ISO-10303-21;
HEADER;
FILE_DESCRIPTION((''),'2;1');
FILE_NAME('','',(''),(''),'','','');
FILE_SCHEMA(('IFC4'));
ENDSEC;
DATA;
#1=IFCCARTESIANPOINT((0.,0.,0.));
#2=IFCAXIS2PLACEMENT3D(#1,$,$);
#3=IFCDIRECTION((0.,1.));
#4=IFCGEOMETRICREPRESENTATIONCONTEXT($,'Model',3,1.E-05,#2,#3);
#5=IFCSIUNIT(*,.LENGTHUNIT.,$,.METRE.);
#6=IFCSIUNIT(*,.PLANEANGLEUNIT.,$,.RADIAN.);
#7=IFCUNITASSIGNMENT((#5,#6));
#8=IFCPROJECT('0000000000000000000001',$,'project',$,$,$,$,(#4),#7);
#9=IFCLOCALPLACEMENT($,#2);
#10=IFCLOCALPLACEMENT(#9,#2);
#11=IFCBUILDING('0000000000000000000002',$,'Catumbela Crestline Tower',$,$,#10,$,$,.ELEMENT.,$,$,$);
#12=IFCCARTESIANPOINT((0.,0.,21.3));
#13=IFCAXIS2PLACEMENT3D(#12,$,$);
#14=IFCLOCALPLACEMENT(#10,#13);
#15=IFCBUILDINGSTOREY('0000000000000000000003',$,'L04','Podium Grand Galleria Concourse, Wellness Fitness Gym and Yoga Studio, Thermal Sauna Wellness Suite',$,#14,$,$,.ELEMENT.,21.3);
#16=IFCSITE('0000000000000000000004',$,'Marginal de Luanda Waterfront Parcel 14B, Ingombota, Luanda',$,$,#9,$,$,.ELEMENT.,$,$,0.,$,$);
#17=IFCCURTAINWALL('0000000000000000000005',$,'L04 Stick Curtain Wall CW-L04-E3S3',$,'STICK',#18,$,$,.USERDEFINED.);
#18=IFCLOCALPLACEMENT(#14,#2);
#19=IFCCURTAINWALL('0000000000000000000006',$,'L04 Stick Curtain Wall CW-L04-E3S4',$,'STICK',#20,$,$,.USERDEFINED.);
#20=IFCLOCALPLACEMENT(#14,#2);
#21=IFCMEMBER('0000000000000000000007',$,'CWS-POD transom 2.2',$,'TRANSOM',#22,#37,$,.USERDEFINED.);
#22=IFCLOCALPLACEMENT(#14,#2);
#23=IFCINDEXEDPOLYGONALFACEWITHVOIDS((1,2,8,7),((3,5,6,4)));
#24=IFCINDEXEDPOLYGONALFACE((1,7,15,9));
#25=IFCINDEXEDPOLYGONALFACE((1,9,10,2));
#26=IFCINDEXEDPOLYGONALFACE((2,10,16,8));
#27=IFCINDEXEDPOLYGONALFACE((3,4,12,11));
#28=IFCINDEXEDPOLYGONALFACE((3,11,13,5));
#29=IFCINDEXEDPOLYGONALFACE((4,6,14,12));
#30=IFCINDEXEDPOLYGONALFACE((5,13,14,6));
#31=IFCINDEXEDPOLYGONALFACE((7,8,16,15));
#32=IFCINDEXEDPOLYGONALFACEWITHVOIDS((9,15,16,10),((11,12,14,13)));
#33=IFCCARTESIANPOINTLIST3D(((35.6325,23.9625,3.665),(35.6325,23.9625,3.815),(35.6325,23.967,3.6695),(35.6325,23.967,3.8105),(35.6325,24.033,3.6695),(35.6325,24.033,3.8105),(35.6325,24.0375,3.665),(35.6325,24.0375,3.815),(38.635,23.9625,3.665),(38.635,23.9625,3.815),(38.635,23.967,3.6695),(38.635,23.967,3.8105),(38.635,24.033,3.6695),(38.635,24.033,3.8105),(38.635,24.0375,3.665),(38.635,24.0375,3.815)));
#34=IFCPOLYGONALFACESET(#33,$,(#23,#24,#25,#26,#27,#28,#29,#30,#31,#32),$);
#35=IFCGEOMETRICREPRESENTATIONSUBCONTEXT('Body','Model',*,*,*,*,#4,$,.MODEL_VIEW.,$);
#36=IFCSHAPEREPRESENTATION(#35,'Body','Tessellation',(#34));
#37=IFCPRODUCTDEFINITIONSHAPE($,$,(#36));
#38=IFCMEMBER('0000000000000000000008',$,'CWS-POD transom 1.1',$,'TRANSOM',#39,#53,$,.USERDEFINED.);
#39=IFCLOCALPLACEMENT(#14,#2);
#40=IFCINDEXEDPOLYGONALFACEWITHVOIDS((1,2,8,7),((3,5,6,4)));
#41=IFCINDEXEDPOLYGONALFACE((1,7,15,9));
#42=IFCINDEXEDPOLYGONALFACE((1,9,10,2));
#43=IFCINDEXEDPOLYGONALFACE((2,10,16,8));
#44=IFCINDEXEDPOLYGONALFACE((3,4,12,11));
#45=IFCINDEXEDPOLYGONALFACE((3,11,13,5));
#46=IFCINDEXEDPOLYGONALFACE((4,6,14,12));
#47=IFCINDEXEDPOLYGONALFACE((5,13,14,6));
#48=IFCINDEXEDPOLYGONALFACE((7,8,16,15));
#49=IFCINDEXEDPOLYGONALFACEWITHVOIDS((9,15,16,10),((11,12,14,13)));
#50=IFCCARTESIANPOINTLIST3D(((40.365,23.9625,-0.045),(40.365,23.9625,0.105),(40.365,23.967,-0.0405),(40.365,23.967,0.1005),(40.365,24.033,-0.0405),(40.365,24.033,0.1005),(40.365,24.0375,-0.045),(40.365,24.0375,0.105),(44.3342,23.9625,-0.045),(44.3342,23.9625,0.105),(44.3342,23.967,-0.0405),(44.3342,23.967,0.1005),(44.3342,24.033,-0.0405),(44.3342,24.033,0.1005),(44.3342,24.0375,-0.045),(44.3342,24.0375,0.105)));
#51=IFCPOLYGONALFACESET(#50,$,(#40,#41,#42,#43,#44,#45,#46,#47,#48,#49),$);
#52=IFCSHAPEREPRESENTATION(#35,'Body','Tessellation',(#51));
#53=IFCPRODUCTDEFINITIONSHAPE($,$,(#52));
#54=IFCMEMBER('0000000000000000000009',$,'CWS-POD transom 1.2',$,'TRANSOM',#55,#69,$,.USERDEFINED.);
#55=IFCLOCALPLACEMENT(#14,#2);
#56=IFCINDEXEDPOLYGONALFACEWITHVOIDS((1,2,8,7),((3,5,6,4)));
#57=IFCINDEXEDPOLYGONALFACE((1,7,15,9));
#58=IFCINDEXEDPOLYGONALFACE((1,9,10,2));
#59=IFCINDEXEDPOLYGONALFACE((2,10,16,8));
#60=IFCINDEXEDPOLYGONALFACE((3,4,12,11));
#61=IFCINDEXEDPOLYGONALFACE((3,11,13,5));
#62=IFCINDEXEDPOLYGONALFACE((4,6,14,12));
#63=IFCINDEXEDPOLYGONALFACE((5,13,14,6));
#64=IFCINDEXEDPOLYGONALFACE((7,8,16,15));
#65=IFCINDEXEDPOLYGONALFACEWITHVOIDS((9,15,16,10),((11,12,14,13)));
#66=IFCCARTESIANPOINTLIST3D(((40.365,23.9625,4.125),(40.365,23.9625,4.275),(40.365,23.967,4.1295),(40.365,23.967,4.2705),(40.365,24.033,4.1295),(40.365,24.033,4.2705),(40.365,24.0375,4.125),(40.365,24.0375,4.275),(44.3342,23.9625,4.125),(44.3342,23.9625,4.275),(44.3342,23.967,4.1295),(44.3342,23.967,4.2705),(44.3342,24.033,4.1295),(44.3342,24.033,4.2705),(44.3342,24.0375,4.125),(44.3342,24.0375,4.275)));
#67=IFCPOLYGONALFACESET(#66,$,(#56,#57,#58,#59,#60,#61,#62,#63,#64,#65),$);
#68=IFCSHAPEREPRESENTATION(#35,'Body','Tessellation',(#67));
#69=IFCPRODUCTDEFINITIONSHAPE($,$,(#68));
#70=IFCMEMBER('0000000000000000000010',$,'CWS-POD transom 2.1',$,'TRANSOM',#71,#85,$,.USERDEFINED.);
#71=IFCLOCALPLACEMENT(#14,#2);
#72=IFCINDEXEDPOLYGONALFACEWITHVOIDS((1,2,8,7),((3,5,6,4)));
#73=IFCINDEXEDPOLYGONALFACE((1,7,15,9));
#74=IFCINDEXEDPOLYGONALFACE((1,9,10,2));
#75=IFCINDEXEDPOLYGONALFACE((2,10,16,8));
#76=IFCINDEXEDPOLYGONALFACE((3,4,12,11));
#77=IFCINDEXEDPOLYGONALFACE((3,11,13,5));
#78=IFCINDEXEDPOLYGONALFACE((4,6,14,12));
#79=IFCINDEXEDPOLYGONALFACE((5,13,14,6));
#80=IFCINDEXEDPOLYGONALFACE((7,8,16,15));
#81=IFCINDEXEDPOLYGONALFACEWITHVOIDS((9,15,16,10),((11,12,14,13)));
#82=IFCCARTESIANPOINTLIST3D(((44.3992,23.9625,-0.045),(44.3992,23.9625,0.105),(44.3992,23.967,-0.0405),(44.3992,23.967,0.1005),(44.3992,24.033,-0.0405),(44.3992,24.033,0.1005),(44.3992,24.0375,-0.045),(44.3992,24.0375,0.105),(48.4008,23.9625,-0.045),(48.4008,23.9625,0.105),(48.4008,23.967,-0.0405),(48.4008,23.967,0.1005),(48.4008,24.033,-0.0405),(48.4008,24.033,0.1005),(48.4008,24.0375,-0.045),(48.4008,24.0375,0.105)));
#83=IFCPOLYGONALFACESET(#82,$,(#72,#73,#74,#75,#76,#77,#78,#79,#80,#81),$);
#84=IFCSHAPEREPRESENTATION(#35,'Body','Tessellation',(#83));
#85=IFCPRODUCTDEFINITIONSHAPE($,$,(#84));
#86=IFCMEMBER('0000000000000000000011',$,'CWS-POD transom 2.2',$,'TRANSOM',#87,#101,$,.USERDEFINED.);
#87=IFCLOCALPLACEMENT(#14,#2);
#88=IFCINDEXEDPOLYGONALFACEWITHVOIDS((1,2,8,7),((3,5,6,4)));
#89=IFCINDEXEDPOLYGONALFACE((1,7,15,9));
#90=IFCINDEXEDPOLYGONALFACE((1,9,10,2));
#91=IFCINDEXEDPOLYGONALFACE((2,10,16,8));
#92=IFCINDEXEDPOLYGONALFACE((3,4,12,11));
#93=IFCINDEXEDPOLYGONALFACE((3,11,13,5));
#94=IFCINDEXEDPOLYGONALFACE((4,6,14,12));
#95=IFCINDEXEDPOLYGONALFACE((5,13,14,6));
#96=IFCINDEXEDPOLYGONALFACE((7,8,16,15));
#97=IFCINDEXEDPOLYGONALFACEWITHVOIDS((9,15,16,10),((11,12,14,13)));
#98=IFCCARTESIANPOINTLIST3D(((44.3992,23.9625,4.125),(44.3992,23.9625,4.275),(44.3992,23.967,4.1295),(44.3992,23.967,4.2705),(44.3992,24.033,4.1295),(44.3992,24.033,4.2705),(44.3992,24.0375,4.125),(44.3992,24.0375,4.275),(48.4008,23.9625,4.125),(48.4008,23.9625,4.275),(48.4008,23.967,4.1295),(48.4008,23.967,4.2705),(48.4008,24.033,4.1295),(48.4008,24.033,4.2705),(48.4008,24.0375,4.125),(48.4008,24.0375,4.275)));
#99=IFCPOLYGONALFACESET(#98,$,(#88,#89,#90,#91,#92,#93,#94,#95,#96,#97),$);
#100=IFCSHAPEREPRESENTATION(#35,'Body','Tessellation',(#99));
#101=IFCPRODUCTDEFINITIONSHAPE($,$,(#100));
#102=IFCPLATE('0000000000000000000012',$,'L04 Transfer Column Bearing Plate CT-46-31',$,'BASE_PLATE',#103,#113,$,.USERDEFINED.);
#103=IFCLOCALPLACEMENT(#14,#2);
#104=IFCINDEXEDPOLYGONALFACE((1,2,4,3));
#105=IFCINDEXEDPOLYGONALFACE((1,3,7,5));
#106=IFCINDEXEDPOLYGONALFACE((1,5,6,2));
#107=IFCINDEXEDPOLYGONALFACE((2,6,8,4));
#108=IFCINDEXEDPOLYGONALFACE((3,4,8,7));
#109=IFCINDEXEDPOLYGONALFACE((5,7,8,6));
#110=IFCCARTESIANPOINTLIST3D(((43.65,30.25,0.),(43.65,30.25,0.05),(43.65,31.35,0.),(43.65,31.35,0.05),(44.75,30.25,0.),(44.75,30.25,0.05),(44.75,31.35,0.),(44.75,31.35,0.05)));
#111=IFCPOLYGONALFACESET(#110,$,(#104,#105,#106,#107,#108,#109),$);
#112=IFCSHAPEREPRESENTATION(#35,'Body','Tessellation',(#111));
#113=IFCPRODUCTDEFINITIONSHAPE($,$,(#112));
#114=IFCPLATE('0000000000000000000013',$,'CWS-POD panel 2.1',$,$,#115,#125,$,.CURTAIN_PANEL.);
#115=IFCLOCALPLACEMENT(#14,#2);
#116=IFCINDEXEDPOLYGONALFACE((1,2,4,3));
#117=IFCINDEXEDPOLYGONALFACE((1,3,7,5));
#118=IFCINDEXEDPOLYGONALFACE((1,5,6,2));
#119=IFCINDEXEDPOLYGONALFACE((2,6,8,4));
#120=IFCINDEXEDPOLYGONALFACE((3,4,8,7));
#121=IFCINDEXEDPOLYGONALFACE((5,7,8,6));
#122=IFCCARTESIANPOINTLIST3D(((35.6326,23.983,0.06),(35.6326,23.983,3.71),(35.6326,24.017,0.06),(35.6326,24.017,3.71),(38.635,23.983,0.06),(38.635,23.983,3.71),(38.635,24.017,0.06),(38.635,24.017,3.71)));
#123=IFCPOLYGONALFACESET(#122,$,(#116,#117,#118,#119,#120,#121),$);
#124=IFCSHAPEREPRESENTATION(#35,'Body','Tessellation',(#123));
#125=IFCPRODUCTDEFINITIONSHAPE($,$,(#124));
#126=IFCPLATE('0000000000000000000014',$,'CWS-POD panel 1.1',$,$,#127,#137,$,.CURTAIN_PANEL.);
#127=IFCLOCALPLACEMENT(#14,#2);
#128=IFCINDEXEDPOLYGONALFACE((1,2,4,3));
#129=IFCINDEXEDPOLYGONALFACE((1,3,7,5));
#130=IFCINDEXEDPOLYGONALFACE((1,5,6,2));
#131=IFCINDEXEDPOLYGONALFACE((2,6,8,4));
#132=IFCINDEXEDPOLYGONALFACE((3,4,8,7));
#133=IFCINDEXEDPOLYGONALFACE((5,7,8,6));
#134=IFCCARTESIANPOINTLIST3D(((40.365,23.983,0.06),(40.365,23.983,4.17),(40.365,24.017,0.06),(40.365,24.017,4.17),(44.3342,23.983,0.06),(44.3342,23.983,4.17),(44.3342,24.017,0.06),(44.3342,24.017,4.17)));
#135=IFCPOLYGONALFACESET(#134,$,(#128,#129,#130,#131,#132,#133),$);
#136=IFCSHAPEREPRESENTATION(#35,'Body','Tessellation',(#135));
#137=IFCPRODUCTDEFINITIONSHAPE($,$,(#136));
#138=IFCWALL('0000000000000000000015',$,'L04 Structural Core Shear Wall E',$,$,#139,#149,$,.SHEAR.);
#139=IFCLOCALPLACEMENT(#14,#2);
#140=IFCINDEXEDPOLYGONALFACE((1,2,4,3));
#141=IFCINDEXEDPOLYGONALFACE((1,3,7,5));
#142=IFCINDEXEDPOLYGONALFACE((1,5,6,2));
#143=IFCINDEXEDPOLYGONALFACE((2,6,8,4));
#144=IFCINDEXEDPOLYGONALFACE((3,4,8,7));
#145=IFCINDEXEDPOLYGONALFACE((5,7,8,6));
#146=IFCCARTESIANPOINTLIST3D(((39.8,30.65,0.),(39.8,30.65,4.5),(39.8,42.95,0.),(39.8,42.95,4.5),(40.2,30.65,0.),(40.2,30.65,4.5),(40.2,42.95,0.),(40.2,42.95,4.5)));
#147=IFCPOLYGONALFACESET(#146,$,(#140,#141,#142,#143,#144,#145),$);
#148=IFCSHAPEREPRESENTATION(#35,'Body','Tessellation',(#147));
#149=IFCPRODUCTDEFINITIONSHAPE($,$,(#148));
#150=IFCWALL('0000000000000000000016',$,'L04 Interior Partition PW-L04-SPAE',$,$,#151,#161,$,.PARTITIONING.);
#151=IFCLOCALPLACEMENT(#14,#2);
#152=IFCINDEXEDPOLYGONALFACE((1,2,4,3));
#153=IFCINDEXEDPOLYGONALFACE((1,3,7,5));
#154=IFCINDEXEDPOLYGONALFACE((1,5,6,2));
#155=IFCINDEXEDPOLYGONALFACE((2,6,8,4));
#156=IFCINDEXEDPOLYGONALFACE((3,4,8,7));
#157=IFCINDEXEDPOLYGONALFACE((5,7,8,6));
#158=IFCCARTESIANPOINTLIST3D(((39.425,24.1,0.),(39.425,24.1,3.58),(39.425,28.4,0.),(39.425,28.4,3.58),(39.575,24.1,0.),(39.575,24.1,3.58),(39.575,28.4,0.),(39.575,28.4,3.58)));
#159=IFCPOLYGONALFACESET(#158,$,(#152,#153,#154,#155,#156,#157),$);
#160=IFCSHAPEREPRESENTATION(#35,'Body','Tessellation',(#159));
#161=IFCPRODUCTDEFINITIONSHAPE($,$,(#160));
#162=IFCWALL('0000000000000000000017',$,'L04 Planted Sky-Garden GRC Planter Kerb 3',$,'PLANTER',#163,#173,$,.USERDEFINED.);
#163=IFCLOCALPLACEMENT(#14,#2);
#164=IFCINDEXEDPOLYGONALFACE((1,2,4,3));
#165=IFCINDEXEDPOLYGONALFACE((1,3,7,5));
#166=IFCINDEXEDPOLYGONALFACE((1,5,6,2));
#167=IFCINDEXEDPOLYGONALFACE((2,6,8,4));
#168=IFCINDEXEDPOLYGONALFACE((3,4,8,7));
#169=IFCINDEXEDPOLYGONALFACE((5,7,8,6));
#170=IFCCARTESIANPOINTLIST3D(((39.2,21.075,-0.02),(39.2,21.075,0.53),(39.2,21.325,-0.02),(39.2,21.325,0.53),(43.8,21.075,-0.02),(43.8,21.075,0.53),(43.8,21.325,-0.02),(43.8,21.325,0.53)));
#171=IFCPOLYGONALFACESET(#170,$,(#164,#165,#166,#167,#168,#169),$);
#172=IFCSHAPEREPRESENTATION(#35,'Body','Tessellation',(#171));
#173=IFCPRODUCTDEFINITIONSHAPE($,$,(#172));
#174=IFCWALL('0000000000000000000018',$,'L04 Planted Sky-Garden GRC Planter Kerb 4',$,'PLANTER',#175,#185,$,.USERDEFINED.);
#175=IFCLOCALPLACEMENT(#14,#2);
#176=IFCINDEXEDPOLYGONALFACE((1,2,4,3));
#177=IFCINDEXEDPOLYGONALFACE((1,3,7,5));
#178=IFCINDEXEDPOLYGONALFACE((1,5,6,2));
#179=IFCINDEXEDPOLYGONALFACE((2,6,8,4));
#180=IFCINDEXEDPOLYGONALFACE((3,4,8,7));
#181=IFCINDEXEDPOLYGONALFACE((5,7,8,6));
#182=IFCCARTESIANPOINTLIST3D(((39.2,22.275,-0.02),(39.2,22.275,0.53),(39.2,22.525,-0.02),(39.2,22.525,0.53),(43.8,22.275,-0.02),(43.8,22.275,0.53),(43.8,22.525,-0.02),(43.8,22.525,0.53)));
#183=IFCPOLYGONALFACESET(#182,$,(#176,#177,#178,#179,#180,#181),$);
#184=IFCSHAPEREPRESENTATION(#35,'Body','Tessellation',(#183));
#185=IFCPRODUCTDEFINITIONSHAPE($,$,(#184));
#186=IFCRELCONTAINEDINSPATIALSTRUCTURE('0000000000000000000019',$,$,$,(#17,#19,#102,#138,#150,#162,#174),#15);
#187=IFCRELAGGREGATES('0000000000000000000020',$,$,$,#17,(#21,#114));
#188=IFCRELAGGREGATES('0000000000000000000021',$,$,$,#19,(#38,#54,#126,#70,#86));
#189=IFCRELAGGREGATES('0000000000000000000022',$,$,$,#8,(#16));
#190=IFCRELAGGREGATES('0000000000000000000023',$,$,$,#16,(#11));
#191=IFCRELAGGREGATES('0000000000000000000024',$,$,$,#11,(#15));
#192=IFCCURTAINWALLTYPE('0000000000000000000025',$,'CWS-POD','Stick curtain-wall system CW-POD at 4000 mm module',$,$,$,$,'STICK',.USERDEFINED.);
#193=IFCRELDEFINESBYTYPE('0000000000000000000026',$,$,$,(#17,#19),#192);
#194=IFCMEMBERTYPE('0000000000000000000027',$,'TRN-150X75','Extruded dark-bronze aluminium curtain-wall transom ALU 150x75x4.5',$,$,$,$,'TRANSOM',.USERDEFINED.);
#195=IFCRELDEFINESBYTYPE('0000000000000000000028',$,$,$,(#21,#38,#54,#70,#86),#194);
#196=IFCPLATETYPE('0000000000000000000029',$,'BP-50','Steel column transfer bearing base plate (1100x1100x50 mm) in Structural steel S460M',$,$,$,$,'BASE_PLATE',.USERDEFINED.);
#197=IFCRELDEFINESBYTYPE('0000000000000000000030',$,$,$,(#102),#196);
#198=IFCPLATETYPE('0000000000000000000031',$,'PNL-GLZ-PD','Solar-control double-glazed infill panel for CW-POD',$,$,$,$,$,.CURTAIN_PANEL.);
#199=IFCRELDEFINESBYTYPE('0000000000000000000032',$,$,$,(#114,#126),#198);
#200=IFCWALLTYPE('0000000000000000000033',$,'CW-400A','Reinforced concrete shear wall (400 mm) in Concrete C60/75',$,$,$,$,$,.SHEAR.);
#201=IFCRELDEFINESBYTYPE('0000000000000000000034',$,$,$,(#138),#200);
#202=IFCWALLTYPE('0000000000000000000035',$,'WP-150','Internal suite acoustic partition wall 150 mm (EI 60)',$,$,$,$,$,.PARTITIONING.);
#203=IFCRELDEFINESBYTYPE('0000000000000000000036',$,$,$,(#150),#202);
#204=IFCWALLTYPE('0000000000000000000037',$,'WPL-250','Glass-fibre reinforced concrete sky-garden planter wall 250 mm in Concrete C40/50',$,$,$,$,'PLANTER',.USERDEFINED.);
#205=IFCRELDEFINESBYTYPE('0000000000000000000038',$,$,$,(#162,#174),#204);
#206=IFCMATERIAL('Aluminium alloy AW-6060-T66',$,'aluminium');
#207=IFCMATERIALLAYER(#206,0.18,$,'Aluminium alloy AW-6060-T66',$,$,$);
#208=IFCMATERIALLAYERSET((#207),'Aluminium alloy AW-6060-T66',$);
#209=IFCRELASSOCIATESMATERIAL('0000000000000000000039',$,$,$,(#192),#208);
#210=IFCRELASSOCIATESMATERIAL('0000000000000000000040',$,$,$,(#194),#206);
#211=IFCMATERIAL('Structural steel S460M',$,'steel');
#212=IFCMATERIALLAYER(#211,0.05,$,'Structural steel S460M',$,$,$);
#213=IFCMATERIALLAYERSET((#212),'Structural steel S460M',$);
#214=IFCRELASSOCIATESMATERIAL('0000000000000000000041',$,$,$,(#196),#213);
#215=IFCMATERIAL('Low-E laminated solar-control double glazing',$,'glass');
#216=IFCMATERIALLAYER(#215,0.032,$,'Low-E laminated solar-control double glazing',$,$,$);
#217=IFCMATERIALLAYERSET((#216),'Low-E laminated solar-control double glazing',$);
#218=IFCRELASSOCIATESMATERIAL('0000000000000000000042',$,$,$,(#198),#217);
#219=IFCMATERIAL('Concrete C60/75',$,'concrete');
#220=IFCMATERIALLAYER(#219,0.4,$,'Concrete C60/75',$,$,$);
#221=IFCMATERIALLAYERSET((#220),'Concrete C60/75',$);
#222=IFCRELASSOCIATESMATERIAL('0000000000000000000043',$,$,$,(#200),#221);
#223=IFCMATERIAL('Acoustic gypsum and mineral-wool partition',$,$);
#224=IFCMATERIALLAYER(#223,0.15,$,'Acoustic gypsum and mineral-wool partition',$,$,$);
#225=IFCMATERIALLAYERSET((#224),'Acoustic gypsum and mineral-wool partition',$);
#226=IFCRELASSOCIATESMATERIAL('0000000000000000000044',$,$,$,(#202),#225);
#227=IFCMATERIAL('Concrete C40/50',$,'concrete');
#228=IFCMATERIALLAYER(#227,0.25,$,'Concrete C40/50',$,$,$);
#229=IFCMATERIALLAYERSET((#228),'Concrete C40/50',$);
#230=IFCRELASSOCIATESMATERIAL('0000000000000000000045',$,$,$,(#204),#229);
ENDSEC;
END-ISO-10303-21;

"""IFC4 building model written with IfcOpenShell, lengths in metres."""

from ifc_helpers import new_model, si_unit, direction, frame, frame_2d, origin, origin_2d, place, context, subcontext, project, spatial, rectangle, hollow_rectangle, extrude, material, layer, layer_set, material_profile, profile_set, type_object, element, aggregate, save


model = new_model("IFC4")

# Units and contexts
model_context = context("Model", 3, precision=1e-05, world=origin(), true_north=direction((0.0, 1.0)))
body_context = subcontext(model_context, "Body", "Model", "MODEL_VIEW")
ifc_project = project(units=[si_unit("LENGTHUNIT", "METRE"), si_unit("PLANEANGLEUNIT", "RADIAN")], contexts=[model_context])

# Site, building, storey
site_placement = place(None, origin())
site = spatial("IfcSite", under=ifc_project, at=site_placement, Name="Marginal de Luanda Waterfront Parcel 14B, Ingombota, Luanda", CompositionType="ELEMENT", RefElevation=0.0)
building_placement = place(site_placement, origin())
building = spatial("IfcBuilding", under=site, at=building_placement, Name="Catumbela Crestline Tower", CompositionType="ELEMENT")
storey_placement = place(building_placement, frame((0.0, 0.0, 21.3)))
storey = spatial("IfcBuildingStorey", under=building, at=storey_placement, Name="L04", Description="Podium Grand Galleria Concourse, Wellness Fitness Gym and Yoga Studio, Thermal Sauna Wellness Suite", CompositionType="ELEMENT", Elevation=21.3)

# Shared definitions
ifc_material_1 = material(Name="Concrete C60/75", Category="concrete")
ifc_material_2 = material(Name="Structural steel S460M", Category="steel")

# Curtain wall
ifc_material_3 = material(Name="Aluminium alloy AW-6060-T66", Category="aluminium")
ifc_layer_1 = layer(ifc_material_3, 0.18, Name="Aluminium alloy AW-6060-T66")
ifc_layer_set_1 = layer_set([ifc_layer_1], Name="Aluminium alloy AW-6060-T66")
curtain_wall_type = type_object("IfcCurtainWallType", Name="CWS-POD", Description="Stick curtain-wall system CW-POD at 4000 mm module", ElementType="STICK", PredefinedType="USERDEFINED", material=ifc_layer_set_1)
curtain_wall_1_placement = place(storey_placement, origin())
curtain_wall_1 = element("IfcCurtainWall", 1, at=curtain_wall_1_placement, inside=storey, type_object=curtain_wall_type, Name="L04 Stick Curtain Wall CW-L04-E3S3", ObjectType="STICK", PredefinedType="USERDEFINED")

# Curtain wall
curtain_wall_2_placement = place(storey_placement, origin())
curtain_wall_2 = element("IfcCurtainWall", 2, at=curtain_wall_2_placement, inside=storey, type_object=curtain_wall_type, Name="L04 Stick Curtain Wall CW-L04-E3S4", ObjectType="STICK", PredefinedType="USERDEFINED")

# Members
ifc_material_profile_1 = material_profile(ifc_material_3, hollow_rectangle(XDim=0.075, YDim=0.15, WallThickness=0.0045, at=origin_2d()), Name="ALU 150x75x4.5")
ifc_profile_set_1 = profile_set([ifc_material_profile_1], Name="Aluminium alloy AW-6060-T66")
member_type_1 = type_object("IfcMemberType", Name="TRN-150X75", Description="Extruded dark-bronze aluminium curtain-wall transom ALU 150x75x4.5", ElementType="TRANSOM", PredefinedType="USERDEFINED", material=ifc_profile_set_1)
member_1_placement = place(storey_placement, frame((35.6325, 24.0, 3.74), z_axis=(1.0, 0.0, 0.0), x_axis=(0.0, 1.0, 0.0)))
member_1 = element("IfcMember", 3, at=member_1_placement, type_object=member_type_1, Name="CWS-POD transom 2.2", ObjectType="TRANSOM", PredefinedType="USERDEFINED", context=body_context, shape_type="SweptSolid", body=[
    extrude(hollow_rectangle(XDim=0.075, YDim=0.15, WallThickness=0.0045, at=origin_2d()), origin(), (0.0, 0.0, 1.0), 3.0025),
])
member_2_placement = place(storey_placement, frame((40.365, 24.0, 0.03), z_axis=(1.0, 0.0, 0.0), x_axis=(0.0, 1.0, 0.0)))
member_2 = element("IfcMember", 4, at=member_2_placement, type_object=member_type_1, Name="CWS-POD transom 1.1", ObjectType="TRANSOM", PredefinedType="USERDEFINED", context=body_context, shape_type="SweptSolid", body=[
    extrude(hollow_rectangle(XDim=0.075, YDim=0.15, WallThickness=0.0045, at=origin_2d()), origin(), (0.0, 0.0, 1.0), 3.9692),
])
member_3_placement = place(storey_placement, frame((40.365, 24.0, 4.2), z_axis=(1.0, 0.0, 0.0), x_axis=(0.0, 1.0, 0.0)))
member_3 = element("IfcMember", 5, at=member_3_placement, type_object=member_type_1, Name="CWS-POD transom 1.2", ObjectType="TRANSOM", PredefinedType="USERDEFINED", context=body_context, shape_type="SweptSolid", body=[
    extrude(hollow_rectangle(XDim=0.075, YDim=0.15, WallThickness=0.0045, at=origin_2d()), origin(), (0.0, 0.0, 1.0), 3.9692),
])
member_4_placement = place(storey_placement, frame((44.3992, 24.0, 0.03), z_axis=(1.0, 0.0, 0.0), x_axis=(0.0, 1.0, 0.0)))
member_4 = element("IfcMember", 6, at=member_4_placement, type_object=member_type_1, Name="CWS-POD transom 2.1", ObjectType="TRANSOM", PredefinedType="USERDEFINED", context=body_context, shape_type="SweptSolid", body=[
    extrude(hollow_rectangle(XDim=0.075, YDim=0.15, WallThickness=0.0045, at=origin_2d()), origin(), (0.0, 0.0, 1.0), 4.0016),
])
member_5_placement = place(storey_placement, frame((44.3992, 24.0, 4.2), z_axis=(1.0, 0.0, 0.0), x_axis=(0.0, 1.0, 0.0)))
member_5 = element("IfcMember", 7, at=member_5_placement, type_object=member_type_1, Name="CWS-POD transom 2.2", ObjectType="TRANSOM", PredefinedType="USERDEFINED", context=body_context, shape_type="SweptSolid", body=[
    extrude(hollow_rectangle(XDim=0.075, YDim=0.15, WallThickness=0.0045, at=origin_2d()), origin(), (0.0, 0.0, 1.0), 4.0016),
])

# Plates
ifc_layer_2 = layer(ifc_material_2, 0.05, Name="Structural steel S460M")
ifc_layer_set_2 = layer_set([ifc_layer_2], Name="Structural steel S460M")
plate_type_1 = type_object("IfcPlateType", Name="BP-50", Description="Steel column transfer bearing base plate (1100x1100x50 mm) in Structural steel S460M", ElementType="BASE_PLATE", PredefinedType="USERDEFINED", material=ifc_layer_set_2)
plate_1_placement = place(storey_placement, frame((44.2, 30.8, 0.0), z_axis=(0.0, 0.0, 1.0), x_axis=(1.0, 0.0, 0.0)))
element("IfcPlate", 8, at=plate_1_placement, inside=storey, type_object=plate_type_1, Name="L04 Transfer Column Bearing Plate CT-46-31", ObjectType="BASE_PLATE", PredefinedType="USERDEFINED", context=body_context, shape_type="SweptSolid", body=[
    extrude(rectangle(XDim=1.1, YDim=1.1, at=origin_2d()), origin(), (0.0, 0.0, 1.0), 0.05),
])
ifc_material_4 = material(Name="Low-E laminated solar-control double glazing", Category="glass")
ifc_layer_3 = layer(ifc_material_4, 0.032, Name="Low-E laminated solar-control double glazing")
ifc_layer_set_3 = layer_set([ifc_layer_3], Name="Low-E laminated solar-control double glazing")
plate_type_2 = type_object("IfcPlateType", Name="PNL-GLZ-PD", Description="Solar-control double-glazed infill panel for CW-POD", PredefinedType="CURTAIN_PANEL", material=ifc_layer_set_3)
plate_2_placement = place(storey_placement, frame((37.1338, 24.0, 0.06), z_axis=(0.0, 0.0, 1.0), x_axis=(1.0, 0.0, 0.0)))
plate_2 = element("IfcPlate", 9, at=plate_2_placement, type_object=plate_type_2, Name="CWS-POD panel 2.1", PredefinedType="CURTAIN_PANEL", context=body_context, shape_type="SweptSolid", body=[
    extrude(rectangle(XDim=3.0025, YDim=0.034, at=origin_2d()), origin(), (0.0, 0.0, 1.0), 3.65),
])
aggregate(curtain_wall_1, [member_1, plate_2])
plate_3_placement = place(storey_placement, frame((42.3496, 24.0, 0.06), z_axis=(0.0, 0.0, 1.0), x_axis=(1.0, 0.0, 0.0)))
plate_3 = element("IfcPlate", 10, at=plate_3_placement, type_object=plate_type_2, Name="CWS-POD panel 1.1", PredefinedType="CURTAIN_PANEL", context=body_context, shape_type="SweptSolid", body=[
    extrude(rectangle(XDim=3.9692, YDim=0.034, at=origin_2d()), origin(), (0.0, 0.0, 1.0), 4.11),
])
aggregate(curtain_wall_2, [member_2, member_3, plate_3, member_4, member_5])

# Walls
ifc_layer_4 = layer(ifc_material_1, 0.4, Name="Concrete C60/75")
ifc_layer_set_4 = layer_set([ifc_layer_4], Name="Concrete C60/75")
wall_type_1 = type_object("IfcWallType", Name="CW-400A", Description="Reinforced concrete shear wall (400 mm) in Concrete C60/75", PredefinedType="SHEAR", material=ifc_layer_set_4)
wall_1_placement = place(storey_placement, frame((40.0, 30.65, 0.0), z_axis=(0.0, 0.0, 1.0), x_axis=(0.0, 1.0, 0.0)))
element("IfcWall", 11, at=wall_1_placement, inside=storey, type_object=wall_type_1, Name="L04 Structural Core Shear Wall E", PredefinedType="SHEAR", context=body_context, shape_type="SweptSolid", body=[
    extrude(rectangle(XDim=12.3, YDim=0.4, at=frame_2d((6.15, 0.0))), origin(), (0.0, 0.0, 1.0), 4.5),
])
ifc_material_5 = material(Name="Acoustic gypsum and mineral-wool partition")
ifc_layer_5 = layer(ifc_material_5, 0.15, Name="Acoustic gypsum and mineral-wool partition")
ifc_layer_set_5 = layer_set([ifc_layer_5], Name="Acoustic gypsum and mineral-wool partition")
wall_type_2 = type_object("IfcWallType", Name="WP-150", Description="Internal suite acoustic partition wall 150 mm (EI 60)", PredefinedType="PARTITIONING", material=ifc_layer_set_5)
wall_2_placement = place(storey_placement, frame((39.5, 24.1, 0.0), z_axis=(0.0, 0.0, 1.0), x_axis=(0.0, 1.0, 0.0)))
element("IfcWall", 12, at=wall_2_placement, inside=storey, type_object=wall_type_2, Name="L04 Interior Partition PW-L04-SPAE", PredefinedType="PARTITIONING", context=body_context, shape_type="SweptSolid", body=[
    extrude(rectangle(XDim=4.3, YDim=0.15, at=frame_2d((2.15, 0.0))), origin(), (0.0, 0.0, 1.0), 3.58),
])
ifc_material_6 = material(Name="Concrete C40/50", Category="concrete")
ifc_layer_6 = layer(ifc_material_6, 0.25, Name="Concrete C40/50")
ifc_layer_set_6 = layer_set([ifc_layer_6], Name="Concrete C40/50")
wall_type_3 = type_object("IfcWallType", Name="WPL-250", Description="Glass-fibre reinforced concrete sky-garden planter wall 250 mm in Concrete C40/50", ElementType="PLANTER", PredefinedType="USERDEFINED", material=ifc_layer_set_6)
for number, where, z_axis, x_axis, name in (
    (13, (39.2, 21.2, -0.02), (0.0, 0.0, 1.0), (1.0, 0.0, 0.0), "L04 Planted Sky-Garden GRC Planter Kerb 3"),
    (14, (39.2, 22.4, -0.02), (0.0, 0.0, 1.0), (1.0, 0.0, 0.0), "L04 Planted Sky-Garden GRC Planter Kerb 4"),
):
    element("IfcWall", number, at=place(storey_placement, frame(where, z_axis=z_axis, x_axis=x_axis)), inside=storey, type_object=wall_type_3, Name=name, ObjectType="PLANTER", PredefinedType="USERDEFINED", context=body_context, shape_type="SweptSolid", body=[
        extrude(rectangle(XDim=4.6, YDim=0.25, at=frame_2d((2.3, 0.0))), origin(), (0.0, 0.0, 1.0), 0.55),
    ])

save(model, "model.ifc")
